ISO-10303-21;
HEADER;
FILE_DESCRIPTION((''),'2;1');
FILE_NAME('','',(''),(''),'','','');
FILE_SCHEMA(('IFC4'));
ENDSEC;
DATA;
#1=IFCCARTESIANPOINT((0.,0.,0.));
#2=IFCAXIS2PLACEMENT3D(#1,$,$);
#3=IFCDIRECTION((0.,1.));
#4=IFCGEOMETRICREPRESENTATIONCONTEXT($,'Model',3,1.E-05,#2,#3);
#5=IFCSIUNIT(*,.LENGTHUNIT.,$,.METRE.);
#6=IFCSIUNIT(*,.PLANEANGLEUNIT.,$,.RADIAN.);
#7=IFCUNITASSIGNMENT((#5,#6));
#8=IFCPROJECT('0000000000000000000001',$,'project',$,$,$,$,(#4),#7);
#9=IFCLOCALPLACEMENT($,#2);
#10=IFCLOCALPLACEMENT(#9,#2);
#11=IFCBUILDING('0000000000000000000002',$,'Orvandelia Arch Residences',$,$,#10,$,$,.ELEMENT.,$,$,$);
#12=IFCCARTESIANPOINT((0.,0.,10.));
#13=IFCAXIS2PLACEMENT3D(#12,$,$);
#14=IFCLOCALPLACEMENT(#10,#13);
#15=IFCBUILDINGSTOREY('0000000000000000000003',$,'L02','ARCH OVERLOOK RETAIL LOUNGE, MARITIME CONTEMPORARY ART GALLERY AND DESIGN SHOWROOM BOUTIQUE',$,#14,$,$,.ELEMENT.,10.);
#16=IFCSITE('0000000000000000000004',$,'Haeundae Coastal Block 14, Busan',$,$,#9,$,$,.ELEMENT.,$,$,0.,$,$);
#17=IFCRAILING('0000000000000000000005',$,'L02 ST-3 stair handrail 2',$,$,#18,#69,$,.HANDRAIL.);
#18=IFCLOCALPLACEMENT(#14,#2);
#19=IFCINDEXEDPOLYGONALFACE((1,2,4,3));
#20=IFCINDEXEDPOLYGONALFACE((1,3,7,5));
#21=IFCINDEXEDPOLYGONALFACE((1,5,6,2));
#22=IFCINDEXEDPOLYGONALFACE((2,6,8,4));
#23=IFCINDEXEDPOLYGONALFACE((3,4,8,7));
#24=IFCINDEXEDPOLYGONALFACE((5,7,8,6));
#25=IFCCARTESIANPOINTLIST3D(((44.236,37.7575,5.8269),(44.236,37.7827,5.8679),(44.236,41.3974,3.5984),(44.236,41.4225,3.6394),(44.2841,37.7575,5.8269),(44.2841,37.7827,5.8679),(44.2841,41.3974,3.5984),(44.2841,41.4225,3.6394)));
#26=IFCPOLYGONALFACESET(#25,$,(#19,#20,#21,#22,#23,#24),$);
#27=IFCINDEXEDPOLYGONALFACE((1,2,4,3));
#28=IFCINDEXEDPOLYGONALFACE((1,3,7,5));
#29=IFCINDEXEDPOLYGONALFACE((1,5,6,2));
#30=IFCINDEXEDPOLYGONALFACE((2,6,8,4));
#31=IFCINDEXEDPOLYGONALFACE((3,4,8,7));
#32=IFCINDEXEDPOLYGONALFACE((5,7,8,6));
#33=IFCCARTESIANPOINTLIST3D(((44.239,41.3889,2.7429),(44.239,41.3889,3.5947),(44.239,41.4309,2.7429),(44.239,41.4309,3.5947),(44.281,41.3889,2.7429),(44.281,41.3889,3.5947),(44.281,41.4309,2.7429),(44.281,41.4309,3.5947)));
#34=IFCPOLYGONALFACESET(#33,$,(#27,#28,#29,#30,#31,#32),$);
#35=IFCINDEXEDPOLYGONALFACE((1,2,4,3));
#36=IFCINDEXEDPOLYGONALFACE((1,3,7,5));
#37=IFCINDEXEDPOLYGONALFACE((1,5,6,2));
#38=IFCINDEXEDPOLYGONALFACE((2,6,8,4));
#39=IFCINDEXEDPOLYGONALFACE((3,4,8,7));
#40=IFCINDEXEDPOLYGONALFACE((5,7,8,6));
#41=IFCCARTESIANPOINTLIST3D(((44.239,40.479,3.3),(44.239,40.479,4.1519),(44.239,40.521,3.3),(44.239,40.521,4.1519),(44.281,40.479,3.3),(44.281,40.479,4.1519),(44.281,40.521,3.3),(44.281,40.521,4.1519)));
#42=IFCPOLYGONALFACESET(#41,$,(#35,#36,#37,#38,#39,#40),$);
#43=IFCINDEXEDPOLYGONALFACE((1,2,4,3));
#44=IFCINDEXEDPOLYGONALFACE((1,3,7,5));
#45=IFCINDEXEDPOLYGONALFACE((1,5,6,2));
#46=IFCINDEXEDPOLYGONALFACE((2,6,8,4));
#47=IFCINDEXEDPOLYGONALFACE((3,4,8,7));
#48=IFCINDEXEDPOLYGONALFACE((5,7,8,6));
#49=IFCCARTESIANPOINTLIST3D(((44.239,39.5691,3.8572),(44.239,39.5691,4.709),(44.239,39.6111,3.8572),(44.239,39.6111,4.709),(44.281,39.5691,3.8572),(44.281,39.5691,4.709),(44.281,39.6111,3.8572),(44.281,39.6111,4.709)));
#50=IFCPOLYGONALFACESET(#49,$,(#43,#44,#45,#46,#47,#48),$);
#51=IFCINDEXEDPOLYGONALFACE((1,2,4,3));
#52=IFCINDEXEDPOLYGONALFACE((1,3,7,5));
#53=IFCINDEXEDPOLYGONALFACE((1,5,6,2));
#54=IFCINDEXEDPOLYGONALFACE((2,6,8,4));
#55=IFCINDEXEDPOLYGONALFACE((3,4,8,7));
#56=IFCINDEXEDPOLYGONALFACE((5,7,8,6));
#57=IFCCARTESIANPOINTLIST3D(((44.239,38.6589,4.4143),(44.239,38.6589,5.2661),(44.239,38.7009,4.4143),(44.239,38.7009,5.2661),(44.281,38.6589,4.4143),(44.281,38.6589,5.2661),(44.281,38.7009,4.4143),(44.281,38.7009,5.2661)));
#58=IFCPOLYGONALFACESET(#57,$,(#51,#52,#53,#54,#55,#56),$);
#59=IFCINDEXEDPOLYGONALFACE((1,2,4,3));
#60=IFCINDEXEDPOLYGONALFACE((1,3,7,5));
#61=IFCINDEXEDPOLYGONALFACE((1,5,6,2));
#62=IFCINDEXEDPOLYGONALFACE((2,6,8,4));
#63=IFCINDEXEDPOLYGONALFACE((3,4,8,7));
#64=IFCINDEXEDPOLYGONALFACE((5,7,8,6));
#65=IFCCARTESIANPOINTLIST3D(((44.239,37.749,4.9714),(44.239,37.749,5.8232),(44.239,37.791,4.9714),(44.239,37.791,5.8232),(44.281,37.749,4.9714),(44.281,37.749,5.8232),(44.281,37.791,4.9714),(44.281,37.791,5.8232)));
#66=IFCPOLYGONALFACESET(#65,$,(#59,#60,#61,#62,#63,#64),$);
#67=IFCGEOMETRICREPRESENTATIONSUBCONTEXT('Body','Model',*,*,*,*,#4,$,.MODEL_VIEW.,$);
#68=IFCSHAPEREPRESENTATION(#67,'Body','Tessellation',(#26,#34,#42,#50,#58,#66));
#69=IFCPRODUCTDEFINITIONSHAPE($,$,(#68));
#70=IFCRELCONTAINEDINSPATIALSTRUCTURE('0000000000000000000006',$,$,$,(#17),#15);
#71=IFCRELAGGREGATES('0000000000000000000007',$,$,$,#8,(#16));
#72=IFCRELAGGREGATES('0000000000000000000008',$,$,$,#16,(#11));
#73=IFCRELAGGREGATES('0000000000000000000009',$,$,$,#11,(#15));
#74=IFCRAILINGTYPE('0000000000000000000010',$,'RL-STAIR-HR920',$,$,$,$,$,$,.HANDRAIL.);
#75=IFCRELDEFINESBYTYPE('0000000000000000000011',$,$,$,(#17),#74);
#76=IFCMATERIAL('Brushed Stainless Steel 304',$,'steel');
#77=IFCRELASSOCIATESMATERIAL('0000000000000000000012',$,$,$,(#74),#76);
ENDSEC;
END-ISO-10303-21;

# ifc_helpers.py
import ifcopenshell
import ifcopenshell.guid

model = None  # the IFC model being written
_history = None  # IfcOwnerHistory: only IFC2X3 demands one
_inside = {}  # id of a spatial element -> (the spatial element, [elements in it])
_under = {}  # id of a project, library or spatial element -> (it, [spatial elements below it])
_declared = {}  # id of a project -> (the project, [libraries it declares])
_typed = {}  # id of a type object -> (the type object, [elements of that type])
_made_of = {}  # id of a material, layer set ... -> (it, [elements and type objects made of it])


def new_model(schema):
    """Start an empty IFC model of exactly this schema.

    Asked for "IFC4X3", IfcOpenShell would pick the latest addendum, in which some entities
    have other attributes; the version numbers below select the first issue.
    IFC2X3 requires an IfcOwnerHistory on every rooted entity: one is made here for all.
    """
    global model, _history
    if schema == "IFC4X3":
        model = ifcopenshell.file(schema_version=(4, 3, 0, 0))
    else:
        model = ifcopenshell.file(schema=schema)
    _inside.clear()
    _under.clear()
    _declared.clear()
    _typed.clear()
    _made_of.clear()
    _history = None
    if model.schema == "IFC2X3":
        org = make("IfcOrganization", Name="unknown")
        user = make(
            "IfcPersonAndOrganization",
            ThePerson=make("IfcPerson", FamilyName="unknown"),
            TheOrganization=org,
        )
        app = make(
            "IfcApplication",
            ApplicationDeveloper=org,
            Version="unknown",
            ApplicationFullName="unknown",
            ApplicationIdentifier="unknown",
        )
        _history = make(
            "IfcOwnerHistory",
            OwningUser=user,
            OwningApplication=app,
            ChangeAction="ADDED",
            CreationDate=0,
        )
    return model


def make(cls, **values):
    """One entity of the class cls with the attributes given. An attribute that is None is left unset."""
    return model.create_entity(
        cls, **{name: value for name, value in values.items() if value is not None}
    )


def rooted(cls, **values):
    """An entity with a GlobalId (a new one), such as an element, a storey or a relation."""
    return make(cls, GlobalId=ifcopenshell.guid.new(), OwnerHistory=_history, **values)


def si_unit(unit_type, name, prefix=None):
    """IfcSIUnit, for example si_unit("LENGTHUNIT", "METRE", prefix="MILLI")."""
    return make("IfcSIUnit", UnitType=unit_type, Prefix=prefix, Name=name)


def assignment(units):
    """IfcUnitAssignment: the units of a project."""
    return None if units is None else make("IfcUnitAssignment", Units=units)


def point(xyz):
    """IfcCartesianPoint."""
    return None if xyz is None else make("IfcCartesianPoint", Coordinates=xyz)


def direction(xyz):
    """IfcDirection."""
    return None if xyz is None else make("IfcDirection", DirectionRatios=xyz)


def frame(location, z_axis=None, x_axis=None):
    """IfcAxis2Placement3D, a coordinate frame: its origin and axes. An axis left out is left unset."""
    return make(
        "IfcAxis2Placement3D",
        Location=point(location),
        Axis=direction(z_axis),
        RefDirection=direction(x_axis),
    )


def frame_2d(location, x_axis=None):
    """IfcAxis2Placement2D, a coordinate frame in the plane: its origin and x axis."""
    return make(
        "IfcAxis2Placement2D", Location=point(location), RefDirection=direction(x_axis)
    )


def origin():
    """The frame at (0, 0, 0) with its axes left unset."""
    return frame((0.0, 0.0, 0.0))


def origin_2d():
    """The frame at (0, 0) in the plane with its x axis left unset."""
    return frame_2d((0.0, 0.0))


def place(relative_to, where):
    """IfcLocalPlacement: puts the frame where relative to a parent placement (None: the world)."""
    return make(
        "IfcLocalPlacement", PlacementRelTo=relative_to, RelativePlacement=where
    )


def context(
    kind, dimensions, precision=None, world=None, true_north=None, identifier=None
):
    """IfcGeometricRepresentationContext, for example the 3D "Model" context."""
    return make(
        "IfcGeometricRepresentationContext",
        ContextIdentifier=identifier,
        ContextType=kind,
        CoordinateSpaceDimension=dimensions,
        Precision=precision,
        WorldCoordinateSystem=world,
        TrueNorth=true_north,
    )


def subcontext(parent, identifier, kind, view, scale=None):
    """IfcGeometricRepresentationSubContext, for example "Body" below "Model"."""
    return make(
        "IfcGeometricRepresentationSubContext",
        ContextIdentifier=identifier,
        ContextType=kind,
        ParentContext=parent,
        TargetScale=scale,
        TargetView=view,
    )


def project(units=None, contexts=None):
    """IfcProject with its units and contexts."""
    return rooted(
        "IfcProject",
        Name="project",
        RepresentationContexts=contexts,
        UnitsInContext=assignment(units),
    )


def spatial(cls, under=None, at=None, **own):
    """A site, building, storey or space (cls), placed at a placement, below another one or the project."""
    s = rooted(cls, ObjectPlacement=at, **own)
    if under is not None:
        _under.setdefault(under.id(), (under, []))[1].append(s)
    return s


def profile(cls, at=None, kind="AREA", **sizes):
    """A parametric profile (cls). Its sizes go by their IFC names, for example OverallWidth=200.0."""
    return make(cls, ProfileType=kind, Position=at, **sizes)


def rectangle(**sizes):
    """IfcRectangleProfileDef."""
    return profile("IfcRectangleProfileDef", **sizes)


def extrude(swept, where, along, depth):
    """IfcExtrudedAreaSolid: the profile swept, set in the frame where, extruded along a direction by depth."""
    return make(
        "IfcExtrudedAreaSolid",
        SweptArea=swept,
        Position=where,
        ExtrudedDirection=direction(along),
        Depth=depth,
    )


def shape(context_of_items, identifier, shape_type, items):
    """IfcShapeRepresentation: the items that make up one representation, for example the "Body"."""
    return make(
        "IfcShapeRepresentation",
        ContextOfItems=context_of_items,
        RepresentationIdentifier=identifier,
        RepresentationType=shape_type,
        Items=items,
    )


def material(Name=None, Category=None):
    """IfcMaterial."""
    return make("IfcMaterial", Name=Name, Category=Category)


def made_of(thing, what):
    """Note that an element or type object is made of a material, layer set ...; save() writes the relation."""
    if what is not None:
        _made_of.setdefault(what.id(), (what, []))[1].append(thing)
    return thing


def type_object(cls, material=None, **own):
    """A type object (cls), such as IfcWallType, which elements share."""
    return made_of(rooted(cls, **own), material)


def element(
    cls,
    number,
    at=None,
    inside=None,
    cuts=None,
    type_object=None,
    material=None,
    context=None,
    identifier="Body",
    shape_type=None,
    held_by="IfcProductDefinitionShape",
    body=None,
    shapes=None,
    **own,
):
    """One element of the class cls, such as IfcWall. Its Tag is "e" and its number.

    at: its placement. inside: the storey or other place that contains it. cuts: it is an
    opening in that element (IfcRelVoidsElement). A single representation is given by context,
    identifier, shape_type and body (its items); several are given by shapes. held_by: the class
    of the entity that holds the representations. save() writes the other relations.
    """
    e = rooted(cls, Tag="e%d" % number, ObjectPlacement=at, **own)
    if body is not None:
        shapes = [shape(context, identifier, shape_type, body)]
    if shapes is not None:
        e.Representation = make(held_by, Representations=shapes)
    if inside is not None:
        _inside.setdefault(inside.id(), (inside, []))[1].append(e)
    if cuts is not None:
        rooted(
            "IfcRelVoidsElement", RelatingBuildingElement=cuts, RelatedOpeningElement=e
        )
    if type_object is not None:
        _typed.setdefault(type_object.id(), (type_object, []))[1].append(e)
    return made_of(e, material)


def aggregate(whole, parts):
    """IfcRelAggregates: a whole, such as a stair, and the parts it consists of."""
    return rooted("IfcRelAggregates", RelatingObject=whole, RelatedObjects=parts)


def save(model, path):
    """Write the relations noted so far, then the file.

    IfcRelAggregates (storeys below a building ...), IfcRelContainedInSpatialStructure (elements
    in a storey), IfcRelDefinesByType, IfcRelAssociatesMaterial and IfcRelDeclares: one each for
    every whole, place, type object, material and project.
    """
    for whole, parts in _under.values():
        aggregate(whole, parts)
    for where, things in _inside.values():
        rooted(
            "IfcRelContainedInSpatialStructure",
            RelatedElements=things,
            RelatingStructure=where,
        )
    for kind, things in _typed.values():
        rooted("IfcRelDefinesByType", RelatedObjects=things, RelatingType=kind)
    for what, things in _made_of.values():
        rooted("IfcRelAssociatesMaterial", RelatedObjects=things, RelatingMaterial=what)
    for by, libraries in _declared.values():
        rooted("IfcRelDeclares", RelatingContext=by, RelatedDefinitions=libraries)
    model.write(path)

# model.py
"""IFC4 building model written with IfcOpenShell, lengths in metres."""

from ifc_helpers import new_model, si_unit, direction, frame, origin, origin_2d, place, context, subcontext, project, spatial, rectangle, extrude, material, type_object, element, save


model = new_model("IFC4")

# Units and contexts
model_context = context("Model", 3, precision=1e-05, world=origin(), true_north=direction((0.0, 1.0)))
body_context = subcontext(model_context, "Body", "Model", "MODEL_VIEW")
ifc_project = project(units=[si_unit("LENGTHUNIT", "METRE"), si_unit("PLANEANGLEUNIT", "RADIAN")], contexts=[model_context])

# Site, building, storey
site_placement = place(None, origin())
site = spatial("IfcSite", under=ifc_project, at=site_placement, Name="Haeundae Coastal Block 14, Busan", CompositionType="ELEMENT", RefElevation=0.0)
building_placement = place(site_placement, origin())
building = spatial("IfcBuilding", under=site, at=building_placement, Name="Orvandelia Arch Residences", CompositionType="ELEMENT")
storey_placement = place(building_placement, frame((0.0, 0.0, 10.0)))
storey = spatial("IfcBuildingStorey", under=building, at=storey_placement, Name="L02", Description="ARCH OVERLOOK RETAIL LOUNGE, MARITIME CONTEMPORARY ART GALLERY AND DESIGN SHOWROOM BOUTIQUE", CompositionType="ELEMENT", Elevation=10.0)

# Railing
ifc_material_1 = material(Name="Brushed Stainless Steel 304", Category="steel")
railing_type_1 = type_object("IfcRailingType", Name="RL-STAIR-HR920", PredefinedType="HANDRAIL", material=ifc_material_1)
railing_1_placement = place(storey_placement, frame((44.26, 41.4099, 2.7429)))
element("IfcRailing", 1, at=railing_1_placement, inside=storey, type_object=railing_type_1, Name="L02 ST-3 stair handrail 2", PredefinedType="HANDRAIL", context=body_context, shape_type="SweptSolid", body=[
    extrude(rectangle(XDim=0.0481, YDim=0.0481, at=origin_2d()), frame((0.0, 0.0, 0.876), z_axis=(0.0, -0.85285, 0.522156), x_axis=(1.0, 0.0, 0.0)), (0.0, 0.0, 1.0), 4.2678),
    extrude(rectangle(XDim=0.042, YDim=0.042, at=origin_2d()), origin(), (0.0, 0.0, 1.0), 0.8518),
    extrude(rectangle(XDim=0.042, YDim=0.042, at=origin_2d()), frame((0.0, -0.9099, 0.5571)), (0.0, 0.0, 1.0), 0.8518),
    extrude(rectangle(XDim=0.042, YDim=0.042, at=origin_2d()), frame((0.0, -1.8198, 1.1143)), (0.0, 0.0, 1.0), 0.8518),
    extrude(rectangle(XDim=0.042, YDim=0.042, at=origin_2d()), frame((0.0, -2.73, 1.6714)), (0.0, 0.0, 1.0), 0.8518),
    extrude(rectangle(XDim=0.042, YDim=0.042, at=origin_2d()), frame((0.0, -3.6399, 2.2285)), (0.0, 0.0, 1.0), 0.8518),
])

save(model, "model.ifc")
